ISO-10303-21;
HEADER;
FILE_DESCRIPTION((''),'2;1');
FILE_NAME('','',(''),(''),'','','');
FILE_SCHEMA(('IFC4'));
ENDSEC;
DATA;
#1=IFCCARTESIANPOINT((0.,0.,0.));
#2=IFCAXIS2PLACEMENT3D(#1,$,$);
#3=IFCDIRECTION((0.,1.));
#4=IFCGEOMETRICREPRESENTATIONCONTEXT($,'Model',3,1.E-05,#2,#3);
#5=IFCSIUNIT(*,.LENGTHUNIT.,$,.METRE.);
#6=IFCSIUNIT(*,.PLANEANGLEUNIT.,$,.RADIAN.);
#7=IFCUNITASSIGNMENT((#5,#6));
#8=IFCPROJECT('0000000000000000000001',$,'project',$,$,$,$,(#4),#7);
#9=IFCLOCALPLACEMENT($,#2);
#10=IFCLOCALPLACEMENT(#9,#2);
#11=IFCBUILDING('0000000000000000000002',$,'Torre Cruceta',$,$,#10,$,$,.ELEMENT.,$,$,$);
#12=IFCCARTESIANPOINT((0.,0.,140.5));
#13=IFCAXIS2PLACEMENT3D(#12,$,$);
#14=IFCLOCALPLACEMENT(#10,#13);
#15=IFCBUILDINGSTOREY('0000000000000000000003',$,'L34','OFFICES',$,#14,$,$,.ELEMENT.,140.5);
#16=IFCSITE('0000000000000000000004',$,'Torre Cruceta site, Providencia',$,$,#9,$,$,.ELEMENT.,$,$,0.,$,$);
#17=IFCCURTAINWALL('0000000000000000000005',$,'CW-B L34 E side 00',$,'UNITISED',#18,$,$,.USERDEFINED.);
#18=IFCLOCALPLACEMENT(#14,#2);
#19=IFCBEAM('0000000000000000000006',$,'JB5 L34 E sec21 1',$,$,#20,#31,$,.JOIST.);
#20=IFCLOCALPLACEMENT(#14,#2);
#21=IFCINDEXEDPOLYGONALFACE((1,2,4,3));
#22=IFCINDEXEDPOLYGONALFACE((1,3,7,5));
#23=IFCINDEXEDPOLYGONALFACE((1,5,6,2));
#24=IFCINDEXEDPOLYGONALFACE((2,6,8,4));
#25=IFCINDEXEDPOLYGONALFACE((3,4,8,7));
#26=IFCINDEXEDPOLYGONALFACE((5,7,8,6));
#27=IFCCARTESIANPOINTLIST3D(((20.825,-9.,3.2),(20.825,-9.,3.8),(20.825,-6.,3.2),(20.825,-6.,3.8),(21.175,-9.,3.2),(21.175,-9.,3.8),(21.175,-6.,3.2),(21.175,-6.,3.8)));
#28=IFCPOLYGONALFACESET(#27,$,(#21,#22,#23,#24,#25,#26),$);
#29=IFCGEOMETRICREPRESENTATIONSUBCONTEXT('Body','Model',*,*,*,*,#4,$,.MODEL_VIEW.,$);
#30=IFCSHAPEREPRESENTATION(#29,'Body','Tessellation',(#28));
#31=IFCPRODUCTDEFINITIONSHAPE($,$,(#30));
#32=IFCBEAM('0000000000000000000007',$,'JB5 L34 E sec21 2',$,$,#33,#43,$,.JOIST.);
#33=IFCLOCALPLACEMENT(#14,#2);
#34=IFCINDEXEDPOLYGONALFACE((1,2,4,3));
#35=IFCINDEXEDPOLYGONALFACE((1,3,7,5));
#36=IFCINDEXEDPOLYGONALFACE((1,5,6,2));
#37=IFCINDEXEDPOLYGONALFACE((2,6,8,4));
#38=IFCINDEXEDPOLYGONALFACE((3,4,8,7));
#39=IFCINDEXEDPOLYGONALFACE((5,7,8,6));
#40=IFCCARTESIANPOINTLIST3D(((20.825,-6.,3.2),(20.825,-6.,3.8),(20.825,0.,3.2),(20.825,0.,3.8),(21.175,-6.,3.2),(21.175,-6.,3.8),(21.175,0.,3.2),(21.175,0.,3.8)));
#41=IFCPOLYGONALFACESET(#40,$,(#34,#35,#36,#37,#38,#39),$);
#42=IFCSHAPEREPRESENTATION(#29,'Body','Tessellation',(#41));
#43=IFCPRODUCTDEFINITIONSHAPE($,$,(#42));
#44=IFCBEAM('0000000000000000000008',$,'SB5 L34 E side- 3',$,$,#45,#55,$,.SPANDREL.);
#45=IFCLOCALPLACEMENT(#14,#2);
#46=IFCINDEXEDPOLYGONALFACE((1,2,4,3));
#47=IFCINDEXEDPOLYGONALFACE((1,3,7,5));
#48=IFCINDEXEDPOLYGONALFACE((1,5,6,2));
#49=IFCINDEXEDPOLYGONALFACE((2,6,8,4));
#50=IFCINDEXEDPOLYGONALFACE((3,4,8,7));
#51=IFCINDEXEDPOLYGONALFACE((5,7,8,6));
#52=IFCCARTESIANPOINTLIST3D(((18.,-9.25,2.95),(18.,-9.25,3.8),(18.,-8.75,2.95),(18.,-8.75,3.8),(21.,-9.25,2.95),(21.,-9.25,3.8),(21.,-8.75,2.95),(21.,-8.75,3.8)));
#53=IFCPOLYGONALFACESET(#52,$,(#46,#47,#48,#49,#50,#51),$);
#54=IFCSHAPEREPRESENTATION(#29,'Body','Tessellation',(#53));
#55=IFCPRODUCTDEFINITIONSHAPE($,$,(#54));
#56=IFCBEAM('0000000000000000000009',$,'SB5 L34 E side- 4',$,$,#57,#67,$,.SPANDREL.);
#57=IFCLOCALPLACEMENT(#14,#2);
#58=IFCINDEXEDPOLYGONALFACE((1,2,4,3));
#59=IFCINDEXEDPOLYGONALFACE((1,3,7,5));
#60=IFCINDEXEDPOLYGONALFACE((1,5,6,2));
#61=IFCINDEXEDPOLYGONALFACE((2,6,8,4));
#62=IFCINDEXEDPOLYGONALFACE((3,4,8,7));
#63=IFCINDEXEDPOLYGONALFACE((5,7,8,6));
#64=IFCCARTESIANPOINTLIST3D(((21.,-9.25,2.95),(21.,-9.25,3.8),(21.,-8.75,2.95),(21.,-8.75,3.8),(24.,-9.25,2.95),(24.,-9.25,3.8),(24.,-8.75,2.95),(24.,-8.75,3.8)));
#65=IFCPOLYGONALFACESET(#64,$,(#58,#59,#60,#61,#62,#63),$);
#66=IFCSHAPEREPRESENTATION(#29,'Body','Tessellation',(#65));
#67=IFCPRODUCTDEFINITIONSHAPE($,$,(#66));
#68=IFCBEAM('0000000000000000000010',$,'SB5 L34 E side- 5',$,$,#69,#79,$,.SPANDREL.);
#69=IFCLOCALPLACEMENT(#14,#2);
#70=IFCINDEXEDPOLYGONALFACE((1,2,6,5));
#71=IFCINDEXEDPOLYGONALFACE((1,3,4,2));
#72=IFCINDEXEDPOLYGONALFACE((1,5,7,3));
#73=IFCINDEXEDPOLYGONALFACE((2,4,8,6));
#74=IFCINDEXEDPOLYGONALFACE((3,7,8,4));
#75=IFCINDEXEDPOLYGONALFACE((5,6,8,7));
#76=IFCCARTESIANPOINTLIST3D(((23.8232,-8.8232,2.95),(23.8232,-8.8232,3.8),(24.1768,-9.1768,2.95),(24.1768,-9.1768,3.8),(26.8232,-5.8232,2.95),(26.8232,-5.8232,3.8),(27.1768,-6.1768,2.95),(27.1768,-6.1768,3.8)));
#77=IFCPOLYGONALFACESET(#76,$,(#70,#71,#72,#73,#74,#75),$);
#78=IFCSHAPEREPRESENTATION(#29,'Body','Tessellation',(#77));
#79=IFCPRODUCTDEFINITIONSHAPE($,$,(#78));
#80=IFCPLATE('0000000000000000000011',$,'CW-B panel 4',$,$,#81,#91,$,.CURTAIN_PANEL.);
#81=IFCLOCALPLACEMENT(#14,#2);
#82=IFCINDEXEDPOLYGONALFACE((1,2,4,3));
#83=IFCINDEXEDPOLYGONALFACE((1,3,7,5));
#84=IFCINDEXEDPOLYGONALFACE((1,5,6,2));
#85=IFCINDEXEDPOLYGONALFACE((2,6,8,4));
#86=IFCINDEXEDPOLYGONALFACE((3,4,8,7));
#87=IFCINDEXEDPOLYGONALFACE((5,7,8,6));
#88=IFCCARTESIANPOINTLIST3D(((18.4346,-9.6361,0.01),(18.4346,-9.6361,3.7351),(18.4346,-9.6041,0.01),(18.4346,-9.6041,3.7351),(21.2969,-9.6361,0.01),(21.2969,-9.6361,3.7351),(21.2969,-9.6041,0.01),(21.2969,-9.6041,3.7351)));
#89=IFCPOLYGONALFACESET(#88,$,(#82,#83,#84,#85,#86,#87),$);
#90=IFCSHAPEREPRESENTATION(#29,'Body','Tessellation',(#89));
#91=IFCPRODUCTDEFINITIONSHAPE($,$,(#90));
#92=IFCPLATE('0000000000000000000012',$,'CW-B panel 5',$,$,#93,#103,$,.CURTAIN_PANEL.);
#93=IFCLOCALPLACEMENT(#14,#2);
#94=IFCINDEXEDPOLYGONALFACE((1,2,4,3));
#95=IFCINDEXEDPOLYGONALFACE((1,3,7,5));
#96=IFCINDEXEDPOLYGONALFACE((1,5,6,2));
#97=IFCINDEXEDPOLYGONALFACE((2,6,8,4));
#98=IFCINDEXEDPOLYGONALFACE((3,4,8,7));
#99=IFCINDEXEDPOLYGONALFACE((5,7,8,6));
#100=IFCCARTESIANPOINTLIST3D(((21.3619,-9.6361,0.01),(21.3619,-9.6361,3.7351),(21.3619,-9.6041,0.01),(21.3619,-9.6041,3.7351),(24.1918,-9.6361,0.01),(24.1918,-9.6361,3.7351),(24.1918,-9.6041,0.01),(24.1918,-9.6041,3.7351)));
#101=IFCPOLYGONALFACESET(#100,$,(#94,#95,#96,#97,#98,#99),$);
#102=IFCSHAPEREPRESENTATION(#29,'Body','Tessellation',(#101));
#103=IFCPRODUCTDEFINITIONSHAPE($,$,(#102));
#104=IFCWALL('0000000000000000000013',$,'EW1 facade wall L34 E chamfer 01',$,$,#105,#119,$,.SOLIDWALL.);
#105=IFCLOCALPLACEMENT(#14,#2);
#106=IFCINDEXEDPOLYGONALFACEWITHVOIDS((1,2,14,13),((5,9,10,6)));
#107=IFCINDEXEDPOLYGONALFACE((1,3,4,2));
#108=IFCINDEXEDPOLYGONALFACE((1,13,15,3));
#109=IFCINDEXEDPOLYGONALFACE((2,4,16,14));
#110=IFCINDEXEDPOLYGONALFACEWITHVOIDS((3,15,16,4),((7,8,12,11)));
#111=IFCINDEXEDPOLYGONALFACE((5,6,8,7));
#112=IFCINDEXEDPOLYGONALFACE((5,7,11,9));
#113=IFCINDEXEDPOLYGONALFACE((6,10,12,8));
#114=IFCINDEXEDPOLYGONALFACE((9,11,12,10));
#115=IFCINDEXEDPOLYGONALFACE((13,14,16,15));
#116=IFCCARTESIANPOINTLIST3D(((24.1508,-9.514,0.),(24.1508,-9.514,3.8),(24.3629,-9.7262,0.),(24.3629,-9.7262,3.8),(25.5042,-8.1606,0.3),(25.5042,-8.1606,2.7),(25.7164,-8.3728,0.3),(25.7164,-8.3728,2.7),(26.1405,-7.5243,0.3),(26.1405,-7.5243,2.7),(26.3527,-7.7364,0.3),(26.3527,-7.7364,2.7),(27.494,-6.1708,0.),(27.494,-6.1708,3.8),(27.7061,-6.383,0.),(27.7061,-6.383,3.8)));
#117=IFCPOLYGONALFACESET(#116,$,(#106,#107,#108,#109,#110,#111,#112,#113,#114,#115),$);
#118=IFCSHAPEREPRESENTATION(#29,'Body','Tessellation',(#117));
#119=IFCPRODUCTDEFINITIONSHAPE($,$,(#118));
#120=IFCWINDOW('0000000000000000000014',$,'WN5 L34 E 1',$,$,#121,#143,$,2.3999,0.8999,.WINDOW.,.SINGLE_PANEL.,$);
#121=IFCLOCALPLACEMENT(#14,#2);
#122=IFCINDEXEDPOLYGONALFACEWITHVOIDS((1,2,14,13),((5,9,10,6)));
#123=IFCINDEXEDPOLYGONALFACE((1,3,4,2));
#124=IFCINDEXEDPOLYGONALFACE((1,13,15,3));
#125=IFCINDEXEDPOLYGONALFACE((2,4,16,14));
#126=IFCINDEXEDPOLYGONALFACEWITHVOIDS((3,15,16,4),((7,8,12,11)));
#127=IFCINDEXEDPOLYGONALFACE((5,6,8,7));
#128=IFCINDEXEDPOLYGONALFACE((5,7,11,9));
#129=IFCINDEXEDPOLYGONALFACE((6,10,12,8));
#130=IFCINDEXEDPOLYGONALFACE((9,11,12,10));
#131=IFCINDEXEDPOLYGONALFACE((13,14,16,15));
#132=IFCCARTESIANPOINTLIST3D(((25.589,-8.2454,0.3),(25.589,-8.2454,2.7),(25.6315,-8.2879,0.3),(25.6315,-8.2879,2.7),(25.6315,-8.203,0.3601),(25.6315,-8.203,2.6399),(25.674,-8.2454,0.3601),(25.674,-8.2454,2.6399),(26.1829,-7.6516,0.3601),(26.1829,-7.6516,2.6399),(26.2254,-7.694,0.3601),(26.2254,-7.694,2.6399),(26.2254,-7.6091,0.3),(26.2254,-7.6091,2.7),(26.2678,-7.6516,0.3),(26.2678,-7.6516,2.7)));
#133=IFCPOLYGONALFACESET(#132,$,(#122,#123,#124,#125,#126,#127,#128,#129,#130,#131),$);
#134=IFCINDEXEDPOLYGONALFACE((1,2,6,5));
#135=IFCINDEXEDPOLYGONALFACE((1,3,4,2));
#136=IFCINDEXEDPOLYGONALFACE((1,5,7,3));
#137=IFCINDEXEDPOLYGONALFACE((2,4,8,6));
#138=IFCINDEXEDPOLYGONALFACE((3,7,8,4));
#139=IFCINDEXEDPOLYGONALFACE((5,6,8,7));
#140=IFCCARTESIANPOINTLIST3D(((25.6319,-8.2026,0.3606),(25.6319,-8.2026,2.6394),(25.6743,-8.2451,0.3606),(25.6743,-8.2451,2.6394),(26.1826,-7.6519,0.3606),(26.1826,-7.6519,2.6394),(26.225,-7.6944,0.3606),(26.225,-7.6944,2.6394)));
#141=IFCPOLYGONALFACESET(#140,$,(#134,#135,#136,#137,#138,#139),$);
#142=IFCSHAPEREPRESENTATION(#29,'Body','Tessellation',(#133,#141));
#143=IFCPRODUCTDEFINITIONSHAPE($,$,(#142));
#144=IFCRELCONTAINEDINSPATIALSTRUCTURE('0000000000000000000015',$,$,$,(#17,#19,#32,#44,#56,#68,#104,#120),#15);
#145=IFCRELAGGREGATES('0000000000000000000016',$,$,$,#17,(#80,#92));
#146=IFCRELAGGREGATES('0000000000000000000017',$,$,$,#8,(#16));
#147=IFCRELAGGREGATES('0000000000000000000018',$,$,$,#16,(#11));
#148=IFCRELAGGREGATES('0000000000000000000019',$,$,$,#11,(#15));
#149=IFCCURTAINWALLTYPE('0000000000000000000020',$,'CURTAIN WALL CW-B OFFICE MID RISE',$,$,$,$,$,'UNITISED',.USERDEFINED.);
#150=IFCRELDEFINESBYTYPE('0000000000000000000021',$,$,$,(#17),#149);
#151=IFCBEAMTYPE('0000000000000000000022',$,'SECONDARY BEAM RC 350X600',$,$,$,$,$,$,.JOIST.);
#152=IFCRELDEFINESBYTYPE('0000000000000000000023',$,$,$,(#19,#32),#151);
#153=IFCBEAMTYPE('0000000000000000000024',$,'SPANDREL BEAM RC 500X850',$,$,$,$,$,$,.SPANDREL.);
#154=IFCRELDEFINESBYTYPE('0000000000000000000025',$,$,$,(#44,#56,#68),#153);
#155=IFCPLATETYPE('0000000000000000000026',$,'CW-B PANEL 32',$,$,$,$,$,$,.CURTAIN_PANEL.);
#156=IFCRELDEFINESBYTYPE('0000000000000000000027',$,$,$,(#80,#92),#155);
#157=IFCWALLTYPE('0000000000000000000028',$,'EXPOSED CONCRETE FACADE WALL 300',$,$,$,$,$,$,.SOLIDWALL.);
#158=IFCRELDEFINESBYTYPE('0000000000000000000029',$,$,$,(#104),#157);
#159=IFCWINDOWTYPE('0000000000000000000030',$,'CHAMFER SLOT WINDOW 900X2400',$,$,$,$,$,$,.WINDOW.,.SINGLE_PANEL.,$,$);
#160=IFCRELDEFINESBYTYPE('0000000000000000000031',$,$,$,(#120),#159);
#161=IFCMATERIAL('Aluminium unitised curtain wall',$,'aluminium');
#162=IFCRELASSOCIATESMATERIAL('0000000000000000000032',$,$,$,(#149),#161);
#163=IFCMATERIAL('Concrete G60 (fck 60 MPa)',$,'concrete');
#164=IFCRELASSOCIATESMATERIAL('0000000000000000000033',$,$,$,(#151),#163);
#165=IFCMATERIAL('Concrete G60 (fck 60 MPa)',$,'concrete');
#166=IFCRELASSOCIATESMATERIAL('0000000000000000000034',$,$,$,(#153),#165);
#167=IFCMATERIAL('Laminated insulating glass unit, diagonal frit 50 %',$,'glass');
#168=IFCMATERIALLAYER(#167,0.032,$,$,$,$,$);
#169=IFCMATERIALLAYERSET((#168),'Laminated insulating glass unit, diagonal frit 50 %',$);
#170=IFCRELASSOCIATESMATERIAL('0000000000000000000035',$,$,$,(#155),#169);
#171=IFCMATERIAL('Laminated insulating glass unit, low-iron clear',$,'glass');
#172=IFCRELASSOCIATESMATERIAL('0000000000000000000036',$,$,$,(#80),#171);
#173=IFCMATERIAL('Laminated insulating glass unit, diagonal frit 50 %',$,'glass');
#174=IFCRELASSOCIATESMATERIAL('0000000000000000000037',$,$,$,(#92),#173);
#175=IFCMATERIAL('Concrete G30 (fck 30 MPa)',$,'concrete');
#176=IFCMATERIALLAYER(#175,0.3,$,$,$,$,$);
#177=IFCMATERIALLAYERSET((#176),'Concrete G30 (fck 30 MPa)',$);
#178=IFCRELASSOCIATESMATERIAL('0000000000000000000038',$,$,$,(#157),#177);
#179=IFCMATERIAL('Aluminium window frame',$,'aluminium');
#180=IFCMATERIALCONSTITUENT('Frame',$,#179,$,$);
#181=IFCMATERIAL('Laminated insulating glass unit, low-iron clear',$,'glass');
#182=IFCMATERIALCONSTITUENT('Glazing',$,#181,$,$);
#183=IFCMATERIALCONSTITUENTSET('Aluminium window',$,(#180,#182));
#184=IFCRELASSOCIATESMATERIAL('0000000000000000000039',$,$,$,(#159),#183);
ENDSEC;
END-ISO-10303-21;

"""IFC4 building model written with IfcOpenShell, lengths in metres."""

from ifc_helpers import new_model, si_unit, direction, frame, frame_2d, origin, origin_2d, place, context, subcontext, project, spatial, rectangle, hollow_rectangle, extrude, material, layer, layer_set, constituent, constituent_set, material_profile, profile_set, type_object, element, fill, aggregate, save


model = new_model("IFC4")

# Units and contexts
model_context = context("Model", 3, precision=1e-05, world=origin(), true_north=direction((0.0, 1.0)))
body_context = subcontext(model_context, "Body", "Model", "MODEL_VIEW")
ifc_project = project(units=[si_unit("LENGTHUNIT", "METRE"), si_unit("PLANEANGLEUNIT", "RADIAN")], contexts=[model_context])

# Site, building, storey
site_placement = place(None, origin())
site = spatial("IfcSite", under=ifc_project, at=site_placement, Name="Torre Cruceta site, Providencia", CompositionType="ELEMENT", RefElevation=0.0)
building_placement = place(site_placement, origin())
building = spatial("IfcBuilding", under=site, at=building_placement, Name="Torre Cruceta", CompositionType="ELEMENT")
storey_placement = place(building_placement, frame((0.0, 0.0, 140.5)))
storey = spatial("IfcBuildingStorey", under=building, at=storey_placement, Name="L34", Description="OFFICES", CompositionType="ELEMENT", Elevation=140.5)

# Curtain wall
ifc_material_1 = material(Name="Aluminium unitised curtain wall", Category="aluminium")
curtain_wall_type = type_object("IfcCurtainWallType", Name="CURTAIN WALL CW-B OFFICE MID RISE", ElementType="UNITISED", PredefinedType="USERDEFINED", material=ifc_material_1)
curtain_wall_placement = place(storey_placement, origin())
curtain_wall = element("IfcCurtainWall", 1, at=curtain_wall_placement, inside=storey, type_object=curtain_wall_type, Name="CW-B L34 E side 00", ObjectType="UNITISED", PredefinedType="USERDEFINED")

# Beams
ifc_material_2 = material(Name="Concrete G60 (fck 60 MPa)", Category="concrete")
ifc_material_profile_1 = material_profile(ifc_material_2, rectangle(XDim=0.3501, YDim=0.6001, at=origin_2d()), Name="RC 350X600")
ifc_profile_set_1 = profile_set([ifc_material_profile_1], Name="Concrete G60 (fck 60 MPa)")
beam_type_1 = type_object("IfcBeamType", Name="SECONDARY BEAM RC 350X600", PredefinedType="JOIST", material=ifc_profile_set_1)
beam_1_placement = place(storey_placement, frame((21.0, -9.0, 3.5), z_axis=(0.0, 1.0, 0.0), x_axis=(-1.0, 0.0, 0.0)))
element("IfcBeam", 2, at=beam_1_placement, inside=storey, type_object=beam_type_1, Name="JB5 L34 E sec21 1", PredefinedType="JOIST", context=body_context, shape_type="SweptSolid", body=[
    extrude(rectangle(XDim=0.3501, YDim=0.6001, at=origin_2d()), origin(), (0.0, 0.0, 1.0), 3.0),
])
beam_2_placement = place(storey_placement, frame((21.0, -6.0, 3.5), z_axis=(0.0, 1.0, 0.0), x_axis=(-1.0, 0.0, 0.0)))
element("IfcBeam", 3, at=beam_2_placement, inside=storey, type_object=beam_type_1, Name="JB5 L34 E sec21 2", PredefinedType="JOIST", context=body_context, shape_type="SweptSolid", body=[
    extrude(rectangle(XDim=0.3501, YDim=0.6001, at=origin_2d()), origin(), (0.0, 0.0, 1.0), 6.0),
])
ifc_material_3 = material(Name="Concrete G60 (fck 60 MPa)", Category="concrete")
ifc_material_profile_2 = material_profile(ifc_material_3, rectangle(XDim=0.5, YDim=0.8501, at=origin_2d()), Name="RC 500X850")
ifc_profile_set_2 = profile_set([ifc_material_profile_2], Name="Concrete G60 (fck 60 MPa)")
beam_type_2 = type_object("IfcBeamType", Name="SPANDREL BEAM RC 500X850", PredefinedType="SPANDREL", material=ifc_profile_set_2)
for number, where, z_axis, x_axis, name in (
    (4, (18.0, -9.0, 3.375), (1.0, 0.0, 0.0), (0.0, 1.0, 0.0), "SB5 L34 E side- 3"),
    (5, (21.0, -9.0, 3.375), (1.0, 0.0, 0.0), (0.0, 1.0, 0.0), "SB5 L34 E side- 4"),
):
    element("IfcBeam", number, at=place(storey_placement, frame(where, z_axis=z_axis, x_axis=x_axis)), inside=storey, type_object=beam_type_2, Name=name, PredefinedType="SPANDREL", context=body_context, shape_type="SweptSolid", body=[
        extrude(rectangle(XDim=0.5, YDim=0.8501, at=origin_2d()), origin(), (0.0, 0.0, 1.0), 3.0),
    ])
beam_3_placement = place(storey_placement, frame((24.0, -9.0, 3.375), z_axis=(0.707107, 0.707107, 0.0), x_axis=(-0.707107, 0.707107, 0.0)))
element("IfcBeam", 6, at=beam_3_placement, inside=storey, type_object=beam_type_2, Name="SB5 L34 E side- 5", PredefinedType="SPANDREL", context=body_context, shape_type="SweptSolid", body=[
    extrude(rectangle(XDim=0.5, YDim=0.8501, at=origin_2d()), origin(), (0.0, 0.0, 1.0), 4.2427),
])

# Plates
ifc_material_4 = material(Name="Laminated insulating glass unit, low-iron clear", Category="glass")
ifc_material_5 = material(Name="Laminated insulating glass unit, diagonal frit 50 %", Category="glass")
ifc_layer_1 = layer(ifc_material_5, 0.032)
ifc_layer_set_1 = layer_set([ifc_layer_1], Name="Laminated insulating glass unit, diagonal frit 50 %")
plate_type = type_object("IfcPlateType", Name="CW-B PANEL 32", PredefinedType="CURTAIN_PANEL", material=ifc_layer_set_1)
plate_1_placement = place(storey_placement, frame((19.8657, -9.6201, 0.01), z_axis=(0.0, 0.0, 1.0), x_axis=(1.0, 0.0, 0.0)))
plate_1 = element("IfcPlate", 7, at=plate_1_placement, type_object=plate_type, material=ifc_material_4, Name="CW-B panel 4", PredefinedType="CURTAIN_PANEL", context=body_context, shape_type="SweptSolid", body=[
    extrude(rectangle(XDim=2.8623, YDim=0.032, at=origin_2d()), origin(), (0.0, 0.0, 1.0), 3.7251),
])
ifc_material_6 = material(Name="Laminated insulating glass unit, diagonal frit 50 %", Category="glass")
plate_2_placement = place(storey_placement, frame((22.7769, -9.6201, 0.01), z_axis=(0.0, 0.0, 1.0), x_axis=(1.0, 0.0, 0.0)))
plate_2 = element("IfcPlate", 8, at=plate_2_placement, type_object=plate_type, material=ifc_material_6, Name="CW-B panel 5", PredefinedType="CURTAIN_PANEL", context=body_context, shape_type="SweptSolid", body=[
    extrude(rectangle(XDim=2.8298, YDim=0.032, at=origin_2d()), origin(), (0.0, 0.0, 1.0), 3.7251),
])
aggregate(curtain_wall, [plate_1, plate_2])

# Wall, opening, window
ifc_material_7 = material(Name="Concrete G30 (fck 30 MPa)", Category="concrete")
ifc_layer_2 = layer(ifc_material_7, 0.3)
ifc_layer_set_2 = layer_set([ifc_layer_2], Name="Concrete G30 (fck 30 MPa)")
wall_type_1 = type_object("IfcWallType", Name="EXPOSED CONCRETE FACADE WALL 300", PredefinedType="SOLIDWALL", material=ifc_layer_set_2)
wall_1_placement = place(storey_placement, frame((24.2568, -9.6201, 0.0), z_axis=(0.0, 0.0, 1.0), x_axis=(0.707107, 0.707107, 0.0)))
wall_1 = element("IfcWall", 9, at=wall_1_placement, inside=storey, type_object=wall_type_1, Name="EW1 facade wall L34 E chamfer 01", PredefinedType="SOLIDWALL", context=body_context, shape_type="SweptSolid", body=[
    extrude(rectangle(XDim=4.728, YDim=0.3, at=frame_2d((2.364, 0.0))), origin(), (0.0, 0.0, 1.0), 3.8),
])
opening_1_placement = place(wall_1_placement, frame((1.9141, 0.0, 0.3)))
opening_1 = element("IfcOpeningElement", 10, at=opening_1_placement, cuts=wall_1, PredefinedType="OPENING", context=body_context, shape_type="SweptSolid", body=[
    extrude(rectangle(XDim=0.8999, YDim=2.3999, at=frame_2d((0.45, 1.2))), frame((0.0, 0.1599, 0.0), z_axis=(0.0, -1.0, 0.0), x_axis=(1.0, 0.0, 0.0)), (0.0, 0.0, 1.0), 0.3201),
])
ifc_material_8 = material(Name="Aluminium window frame", Category="aluminium")
ifc_constituent_1 = constituent(ifc_material_8, Name="Frame")
ifc_material_9 = material(Name="Laminated insulating glass unit, low-iron clear", Category="glass")
ifc_constituent_2 = constituent(ifc_material_9, Name="Glazing")
ifc_constituent_set_1 = constituent_set(constituents=[ifc_constituent_1, ifc_constituent_2], Name="Aluminium window")
window_type_1 = type_object("IfcWindowType", Name="CHAMFER SLOT WINDOW 900X2400", PartitioningType="SINGLE_PANEL", PredefinedType="WINDOW", material=ifc_constituent_set_1)
window_1_placement = place(opening_1_placement, origin())
window_1 = element("IfcWindow", 11, at=window_1_placement, inside=storey, type_object=window_type_1, Name="WN5 L34 E 1", OverallHeight=2.3999, OverallWidth=0.8999, PartitioningType="SINGLE_PANEL", PredefinedType="WINDOW", context=body_context, shape_type="SweptSolid", body=[
    extrude(hollow_rectangle(XDim=0.8999, YDim=2.3999, WallThickness=0.0601, at=frame_2d((0.45, 1.2))), frame((0.0, 0.03, 0.0), z_axis=(0.0, -1.0, 0.0), x_axis=(1.0, 0.0, 0.0)), (0.0, 0.0, 1.0), 0.0601),
    extrude(rectangle(XDim=0.7788, YDim=2.2788, at=frame_2d((0.45, 1.2))), frame((0.0, 0.03, 0.0), z_axis=(0.0, -1.0, 0.0), x_axis=(1.0, 0.0, 0.0)), (0.0, 0.0, 1.0), 0.0601),
])
fill(opening_1, window_1)

save(model, "model.ifc")
